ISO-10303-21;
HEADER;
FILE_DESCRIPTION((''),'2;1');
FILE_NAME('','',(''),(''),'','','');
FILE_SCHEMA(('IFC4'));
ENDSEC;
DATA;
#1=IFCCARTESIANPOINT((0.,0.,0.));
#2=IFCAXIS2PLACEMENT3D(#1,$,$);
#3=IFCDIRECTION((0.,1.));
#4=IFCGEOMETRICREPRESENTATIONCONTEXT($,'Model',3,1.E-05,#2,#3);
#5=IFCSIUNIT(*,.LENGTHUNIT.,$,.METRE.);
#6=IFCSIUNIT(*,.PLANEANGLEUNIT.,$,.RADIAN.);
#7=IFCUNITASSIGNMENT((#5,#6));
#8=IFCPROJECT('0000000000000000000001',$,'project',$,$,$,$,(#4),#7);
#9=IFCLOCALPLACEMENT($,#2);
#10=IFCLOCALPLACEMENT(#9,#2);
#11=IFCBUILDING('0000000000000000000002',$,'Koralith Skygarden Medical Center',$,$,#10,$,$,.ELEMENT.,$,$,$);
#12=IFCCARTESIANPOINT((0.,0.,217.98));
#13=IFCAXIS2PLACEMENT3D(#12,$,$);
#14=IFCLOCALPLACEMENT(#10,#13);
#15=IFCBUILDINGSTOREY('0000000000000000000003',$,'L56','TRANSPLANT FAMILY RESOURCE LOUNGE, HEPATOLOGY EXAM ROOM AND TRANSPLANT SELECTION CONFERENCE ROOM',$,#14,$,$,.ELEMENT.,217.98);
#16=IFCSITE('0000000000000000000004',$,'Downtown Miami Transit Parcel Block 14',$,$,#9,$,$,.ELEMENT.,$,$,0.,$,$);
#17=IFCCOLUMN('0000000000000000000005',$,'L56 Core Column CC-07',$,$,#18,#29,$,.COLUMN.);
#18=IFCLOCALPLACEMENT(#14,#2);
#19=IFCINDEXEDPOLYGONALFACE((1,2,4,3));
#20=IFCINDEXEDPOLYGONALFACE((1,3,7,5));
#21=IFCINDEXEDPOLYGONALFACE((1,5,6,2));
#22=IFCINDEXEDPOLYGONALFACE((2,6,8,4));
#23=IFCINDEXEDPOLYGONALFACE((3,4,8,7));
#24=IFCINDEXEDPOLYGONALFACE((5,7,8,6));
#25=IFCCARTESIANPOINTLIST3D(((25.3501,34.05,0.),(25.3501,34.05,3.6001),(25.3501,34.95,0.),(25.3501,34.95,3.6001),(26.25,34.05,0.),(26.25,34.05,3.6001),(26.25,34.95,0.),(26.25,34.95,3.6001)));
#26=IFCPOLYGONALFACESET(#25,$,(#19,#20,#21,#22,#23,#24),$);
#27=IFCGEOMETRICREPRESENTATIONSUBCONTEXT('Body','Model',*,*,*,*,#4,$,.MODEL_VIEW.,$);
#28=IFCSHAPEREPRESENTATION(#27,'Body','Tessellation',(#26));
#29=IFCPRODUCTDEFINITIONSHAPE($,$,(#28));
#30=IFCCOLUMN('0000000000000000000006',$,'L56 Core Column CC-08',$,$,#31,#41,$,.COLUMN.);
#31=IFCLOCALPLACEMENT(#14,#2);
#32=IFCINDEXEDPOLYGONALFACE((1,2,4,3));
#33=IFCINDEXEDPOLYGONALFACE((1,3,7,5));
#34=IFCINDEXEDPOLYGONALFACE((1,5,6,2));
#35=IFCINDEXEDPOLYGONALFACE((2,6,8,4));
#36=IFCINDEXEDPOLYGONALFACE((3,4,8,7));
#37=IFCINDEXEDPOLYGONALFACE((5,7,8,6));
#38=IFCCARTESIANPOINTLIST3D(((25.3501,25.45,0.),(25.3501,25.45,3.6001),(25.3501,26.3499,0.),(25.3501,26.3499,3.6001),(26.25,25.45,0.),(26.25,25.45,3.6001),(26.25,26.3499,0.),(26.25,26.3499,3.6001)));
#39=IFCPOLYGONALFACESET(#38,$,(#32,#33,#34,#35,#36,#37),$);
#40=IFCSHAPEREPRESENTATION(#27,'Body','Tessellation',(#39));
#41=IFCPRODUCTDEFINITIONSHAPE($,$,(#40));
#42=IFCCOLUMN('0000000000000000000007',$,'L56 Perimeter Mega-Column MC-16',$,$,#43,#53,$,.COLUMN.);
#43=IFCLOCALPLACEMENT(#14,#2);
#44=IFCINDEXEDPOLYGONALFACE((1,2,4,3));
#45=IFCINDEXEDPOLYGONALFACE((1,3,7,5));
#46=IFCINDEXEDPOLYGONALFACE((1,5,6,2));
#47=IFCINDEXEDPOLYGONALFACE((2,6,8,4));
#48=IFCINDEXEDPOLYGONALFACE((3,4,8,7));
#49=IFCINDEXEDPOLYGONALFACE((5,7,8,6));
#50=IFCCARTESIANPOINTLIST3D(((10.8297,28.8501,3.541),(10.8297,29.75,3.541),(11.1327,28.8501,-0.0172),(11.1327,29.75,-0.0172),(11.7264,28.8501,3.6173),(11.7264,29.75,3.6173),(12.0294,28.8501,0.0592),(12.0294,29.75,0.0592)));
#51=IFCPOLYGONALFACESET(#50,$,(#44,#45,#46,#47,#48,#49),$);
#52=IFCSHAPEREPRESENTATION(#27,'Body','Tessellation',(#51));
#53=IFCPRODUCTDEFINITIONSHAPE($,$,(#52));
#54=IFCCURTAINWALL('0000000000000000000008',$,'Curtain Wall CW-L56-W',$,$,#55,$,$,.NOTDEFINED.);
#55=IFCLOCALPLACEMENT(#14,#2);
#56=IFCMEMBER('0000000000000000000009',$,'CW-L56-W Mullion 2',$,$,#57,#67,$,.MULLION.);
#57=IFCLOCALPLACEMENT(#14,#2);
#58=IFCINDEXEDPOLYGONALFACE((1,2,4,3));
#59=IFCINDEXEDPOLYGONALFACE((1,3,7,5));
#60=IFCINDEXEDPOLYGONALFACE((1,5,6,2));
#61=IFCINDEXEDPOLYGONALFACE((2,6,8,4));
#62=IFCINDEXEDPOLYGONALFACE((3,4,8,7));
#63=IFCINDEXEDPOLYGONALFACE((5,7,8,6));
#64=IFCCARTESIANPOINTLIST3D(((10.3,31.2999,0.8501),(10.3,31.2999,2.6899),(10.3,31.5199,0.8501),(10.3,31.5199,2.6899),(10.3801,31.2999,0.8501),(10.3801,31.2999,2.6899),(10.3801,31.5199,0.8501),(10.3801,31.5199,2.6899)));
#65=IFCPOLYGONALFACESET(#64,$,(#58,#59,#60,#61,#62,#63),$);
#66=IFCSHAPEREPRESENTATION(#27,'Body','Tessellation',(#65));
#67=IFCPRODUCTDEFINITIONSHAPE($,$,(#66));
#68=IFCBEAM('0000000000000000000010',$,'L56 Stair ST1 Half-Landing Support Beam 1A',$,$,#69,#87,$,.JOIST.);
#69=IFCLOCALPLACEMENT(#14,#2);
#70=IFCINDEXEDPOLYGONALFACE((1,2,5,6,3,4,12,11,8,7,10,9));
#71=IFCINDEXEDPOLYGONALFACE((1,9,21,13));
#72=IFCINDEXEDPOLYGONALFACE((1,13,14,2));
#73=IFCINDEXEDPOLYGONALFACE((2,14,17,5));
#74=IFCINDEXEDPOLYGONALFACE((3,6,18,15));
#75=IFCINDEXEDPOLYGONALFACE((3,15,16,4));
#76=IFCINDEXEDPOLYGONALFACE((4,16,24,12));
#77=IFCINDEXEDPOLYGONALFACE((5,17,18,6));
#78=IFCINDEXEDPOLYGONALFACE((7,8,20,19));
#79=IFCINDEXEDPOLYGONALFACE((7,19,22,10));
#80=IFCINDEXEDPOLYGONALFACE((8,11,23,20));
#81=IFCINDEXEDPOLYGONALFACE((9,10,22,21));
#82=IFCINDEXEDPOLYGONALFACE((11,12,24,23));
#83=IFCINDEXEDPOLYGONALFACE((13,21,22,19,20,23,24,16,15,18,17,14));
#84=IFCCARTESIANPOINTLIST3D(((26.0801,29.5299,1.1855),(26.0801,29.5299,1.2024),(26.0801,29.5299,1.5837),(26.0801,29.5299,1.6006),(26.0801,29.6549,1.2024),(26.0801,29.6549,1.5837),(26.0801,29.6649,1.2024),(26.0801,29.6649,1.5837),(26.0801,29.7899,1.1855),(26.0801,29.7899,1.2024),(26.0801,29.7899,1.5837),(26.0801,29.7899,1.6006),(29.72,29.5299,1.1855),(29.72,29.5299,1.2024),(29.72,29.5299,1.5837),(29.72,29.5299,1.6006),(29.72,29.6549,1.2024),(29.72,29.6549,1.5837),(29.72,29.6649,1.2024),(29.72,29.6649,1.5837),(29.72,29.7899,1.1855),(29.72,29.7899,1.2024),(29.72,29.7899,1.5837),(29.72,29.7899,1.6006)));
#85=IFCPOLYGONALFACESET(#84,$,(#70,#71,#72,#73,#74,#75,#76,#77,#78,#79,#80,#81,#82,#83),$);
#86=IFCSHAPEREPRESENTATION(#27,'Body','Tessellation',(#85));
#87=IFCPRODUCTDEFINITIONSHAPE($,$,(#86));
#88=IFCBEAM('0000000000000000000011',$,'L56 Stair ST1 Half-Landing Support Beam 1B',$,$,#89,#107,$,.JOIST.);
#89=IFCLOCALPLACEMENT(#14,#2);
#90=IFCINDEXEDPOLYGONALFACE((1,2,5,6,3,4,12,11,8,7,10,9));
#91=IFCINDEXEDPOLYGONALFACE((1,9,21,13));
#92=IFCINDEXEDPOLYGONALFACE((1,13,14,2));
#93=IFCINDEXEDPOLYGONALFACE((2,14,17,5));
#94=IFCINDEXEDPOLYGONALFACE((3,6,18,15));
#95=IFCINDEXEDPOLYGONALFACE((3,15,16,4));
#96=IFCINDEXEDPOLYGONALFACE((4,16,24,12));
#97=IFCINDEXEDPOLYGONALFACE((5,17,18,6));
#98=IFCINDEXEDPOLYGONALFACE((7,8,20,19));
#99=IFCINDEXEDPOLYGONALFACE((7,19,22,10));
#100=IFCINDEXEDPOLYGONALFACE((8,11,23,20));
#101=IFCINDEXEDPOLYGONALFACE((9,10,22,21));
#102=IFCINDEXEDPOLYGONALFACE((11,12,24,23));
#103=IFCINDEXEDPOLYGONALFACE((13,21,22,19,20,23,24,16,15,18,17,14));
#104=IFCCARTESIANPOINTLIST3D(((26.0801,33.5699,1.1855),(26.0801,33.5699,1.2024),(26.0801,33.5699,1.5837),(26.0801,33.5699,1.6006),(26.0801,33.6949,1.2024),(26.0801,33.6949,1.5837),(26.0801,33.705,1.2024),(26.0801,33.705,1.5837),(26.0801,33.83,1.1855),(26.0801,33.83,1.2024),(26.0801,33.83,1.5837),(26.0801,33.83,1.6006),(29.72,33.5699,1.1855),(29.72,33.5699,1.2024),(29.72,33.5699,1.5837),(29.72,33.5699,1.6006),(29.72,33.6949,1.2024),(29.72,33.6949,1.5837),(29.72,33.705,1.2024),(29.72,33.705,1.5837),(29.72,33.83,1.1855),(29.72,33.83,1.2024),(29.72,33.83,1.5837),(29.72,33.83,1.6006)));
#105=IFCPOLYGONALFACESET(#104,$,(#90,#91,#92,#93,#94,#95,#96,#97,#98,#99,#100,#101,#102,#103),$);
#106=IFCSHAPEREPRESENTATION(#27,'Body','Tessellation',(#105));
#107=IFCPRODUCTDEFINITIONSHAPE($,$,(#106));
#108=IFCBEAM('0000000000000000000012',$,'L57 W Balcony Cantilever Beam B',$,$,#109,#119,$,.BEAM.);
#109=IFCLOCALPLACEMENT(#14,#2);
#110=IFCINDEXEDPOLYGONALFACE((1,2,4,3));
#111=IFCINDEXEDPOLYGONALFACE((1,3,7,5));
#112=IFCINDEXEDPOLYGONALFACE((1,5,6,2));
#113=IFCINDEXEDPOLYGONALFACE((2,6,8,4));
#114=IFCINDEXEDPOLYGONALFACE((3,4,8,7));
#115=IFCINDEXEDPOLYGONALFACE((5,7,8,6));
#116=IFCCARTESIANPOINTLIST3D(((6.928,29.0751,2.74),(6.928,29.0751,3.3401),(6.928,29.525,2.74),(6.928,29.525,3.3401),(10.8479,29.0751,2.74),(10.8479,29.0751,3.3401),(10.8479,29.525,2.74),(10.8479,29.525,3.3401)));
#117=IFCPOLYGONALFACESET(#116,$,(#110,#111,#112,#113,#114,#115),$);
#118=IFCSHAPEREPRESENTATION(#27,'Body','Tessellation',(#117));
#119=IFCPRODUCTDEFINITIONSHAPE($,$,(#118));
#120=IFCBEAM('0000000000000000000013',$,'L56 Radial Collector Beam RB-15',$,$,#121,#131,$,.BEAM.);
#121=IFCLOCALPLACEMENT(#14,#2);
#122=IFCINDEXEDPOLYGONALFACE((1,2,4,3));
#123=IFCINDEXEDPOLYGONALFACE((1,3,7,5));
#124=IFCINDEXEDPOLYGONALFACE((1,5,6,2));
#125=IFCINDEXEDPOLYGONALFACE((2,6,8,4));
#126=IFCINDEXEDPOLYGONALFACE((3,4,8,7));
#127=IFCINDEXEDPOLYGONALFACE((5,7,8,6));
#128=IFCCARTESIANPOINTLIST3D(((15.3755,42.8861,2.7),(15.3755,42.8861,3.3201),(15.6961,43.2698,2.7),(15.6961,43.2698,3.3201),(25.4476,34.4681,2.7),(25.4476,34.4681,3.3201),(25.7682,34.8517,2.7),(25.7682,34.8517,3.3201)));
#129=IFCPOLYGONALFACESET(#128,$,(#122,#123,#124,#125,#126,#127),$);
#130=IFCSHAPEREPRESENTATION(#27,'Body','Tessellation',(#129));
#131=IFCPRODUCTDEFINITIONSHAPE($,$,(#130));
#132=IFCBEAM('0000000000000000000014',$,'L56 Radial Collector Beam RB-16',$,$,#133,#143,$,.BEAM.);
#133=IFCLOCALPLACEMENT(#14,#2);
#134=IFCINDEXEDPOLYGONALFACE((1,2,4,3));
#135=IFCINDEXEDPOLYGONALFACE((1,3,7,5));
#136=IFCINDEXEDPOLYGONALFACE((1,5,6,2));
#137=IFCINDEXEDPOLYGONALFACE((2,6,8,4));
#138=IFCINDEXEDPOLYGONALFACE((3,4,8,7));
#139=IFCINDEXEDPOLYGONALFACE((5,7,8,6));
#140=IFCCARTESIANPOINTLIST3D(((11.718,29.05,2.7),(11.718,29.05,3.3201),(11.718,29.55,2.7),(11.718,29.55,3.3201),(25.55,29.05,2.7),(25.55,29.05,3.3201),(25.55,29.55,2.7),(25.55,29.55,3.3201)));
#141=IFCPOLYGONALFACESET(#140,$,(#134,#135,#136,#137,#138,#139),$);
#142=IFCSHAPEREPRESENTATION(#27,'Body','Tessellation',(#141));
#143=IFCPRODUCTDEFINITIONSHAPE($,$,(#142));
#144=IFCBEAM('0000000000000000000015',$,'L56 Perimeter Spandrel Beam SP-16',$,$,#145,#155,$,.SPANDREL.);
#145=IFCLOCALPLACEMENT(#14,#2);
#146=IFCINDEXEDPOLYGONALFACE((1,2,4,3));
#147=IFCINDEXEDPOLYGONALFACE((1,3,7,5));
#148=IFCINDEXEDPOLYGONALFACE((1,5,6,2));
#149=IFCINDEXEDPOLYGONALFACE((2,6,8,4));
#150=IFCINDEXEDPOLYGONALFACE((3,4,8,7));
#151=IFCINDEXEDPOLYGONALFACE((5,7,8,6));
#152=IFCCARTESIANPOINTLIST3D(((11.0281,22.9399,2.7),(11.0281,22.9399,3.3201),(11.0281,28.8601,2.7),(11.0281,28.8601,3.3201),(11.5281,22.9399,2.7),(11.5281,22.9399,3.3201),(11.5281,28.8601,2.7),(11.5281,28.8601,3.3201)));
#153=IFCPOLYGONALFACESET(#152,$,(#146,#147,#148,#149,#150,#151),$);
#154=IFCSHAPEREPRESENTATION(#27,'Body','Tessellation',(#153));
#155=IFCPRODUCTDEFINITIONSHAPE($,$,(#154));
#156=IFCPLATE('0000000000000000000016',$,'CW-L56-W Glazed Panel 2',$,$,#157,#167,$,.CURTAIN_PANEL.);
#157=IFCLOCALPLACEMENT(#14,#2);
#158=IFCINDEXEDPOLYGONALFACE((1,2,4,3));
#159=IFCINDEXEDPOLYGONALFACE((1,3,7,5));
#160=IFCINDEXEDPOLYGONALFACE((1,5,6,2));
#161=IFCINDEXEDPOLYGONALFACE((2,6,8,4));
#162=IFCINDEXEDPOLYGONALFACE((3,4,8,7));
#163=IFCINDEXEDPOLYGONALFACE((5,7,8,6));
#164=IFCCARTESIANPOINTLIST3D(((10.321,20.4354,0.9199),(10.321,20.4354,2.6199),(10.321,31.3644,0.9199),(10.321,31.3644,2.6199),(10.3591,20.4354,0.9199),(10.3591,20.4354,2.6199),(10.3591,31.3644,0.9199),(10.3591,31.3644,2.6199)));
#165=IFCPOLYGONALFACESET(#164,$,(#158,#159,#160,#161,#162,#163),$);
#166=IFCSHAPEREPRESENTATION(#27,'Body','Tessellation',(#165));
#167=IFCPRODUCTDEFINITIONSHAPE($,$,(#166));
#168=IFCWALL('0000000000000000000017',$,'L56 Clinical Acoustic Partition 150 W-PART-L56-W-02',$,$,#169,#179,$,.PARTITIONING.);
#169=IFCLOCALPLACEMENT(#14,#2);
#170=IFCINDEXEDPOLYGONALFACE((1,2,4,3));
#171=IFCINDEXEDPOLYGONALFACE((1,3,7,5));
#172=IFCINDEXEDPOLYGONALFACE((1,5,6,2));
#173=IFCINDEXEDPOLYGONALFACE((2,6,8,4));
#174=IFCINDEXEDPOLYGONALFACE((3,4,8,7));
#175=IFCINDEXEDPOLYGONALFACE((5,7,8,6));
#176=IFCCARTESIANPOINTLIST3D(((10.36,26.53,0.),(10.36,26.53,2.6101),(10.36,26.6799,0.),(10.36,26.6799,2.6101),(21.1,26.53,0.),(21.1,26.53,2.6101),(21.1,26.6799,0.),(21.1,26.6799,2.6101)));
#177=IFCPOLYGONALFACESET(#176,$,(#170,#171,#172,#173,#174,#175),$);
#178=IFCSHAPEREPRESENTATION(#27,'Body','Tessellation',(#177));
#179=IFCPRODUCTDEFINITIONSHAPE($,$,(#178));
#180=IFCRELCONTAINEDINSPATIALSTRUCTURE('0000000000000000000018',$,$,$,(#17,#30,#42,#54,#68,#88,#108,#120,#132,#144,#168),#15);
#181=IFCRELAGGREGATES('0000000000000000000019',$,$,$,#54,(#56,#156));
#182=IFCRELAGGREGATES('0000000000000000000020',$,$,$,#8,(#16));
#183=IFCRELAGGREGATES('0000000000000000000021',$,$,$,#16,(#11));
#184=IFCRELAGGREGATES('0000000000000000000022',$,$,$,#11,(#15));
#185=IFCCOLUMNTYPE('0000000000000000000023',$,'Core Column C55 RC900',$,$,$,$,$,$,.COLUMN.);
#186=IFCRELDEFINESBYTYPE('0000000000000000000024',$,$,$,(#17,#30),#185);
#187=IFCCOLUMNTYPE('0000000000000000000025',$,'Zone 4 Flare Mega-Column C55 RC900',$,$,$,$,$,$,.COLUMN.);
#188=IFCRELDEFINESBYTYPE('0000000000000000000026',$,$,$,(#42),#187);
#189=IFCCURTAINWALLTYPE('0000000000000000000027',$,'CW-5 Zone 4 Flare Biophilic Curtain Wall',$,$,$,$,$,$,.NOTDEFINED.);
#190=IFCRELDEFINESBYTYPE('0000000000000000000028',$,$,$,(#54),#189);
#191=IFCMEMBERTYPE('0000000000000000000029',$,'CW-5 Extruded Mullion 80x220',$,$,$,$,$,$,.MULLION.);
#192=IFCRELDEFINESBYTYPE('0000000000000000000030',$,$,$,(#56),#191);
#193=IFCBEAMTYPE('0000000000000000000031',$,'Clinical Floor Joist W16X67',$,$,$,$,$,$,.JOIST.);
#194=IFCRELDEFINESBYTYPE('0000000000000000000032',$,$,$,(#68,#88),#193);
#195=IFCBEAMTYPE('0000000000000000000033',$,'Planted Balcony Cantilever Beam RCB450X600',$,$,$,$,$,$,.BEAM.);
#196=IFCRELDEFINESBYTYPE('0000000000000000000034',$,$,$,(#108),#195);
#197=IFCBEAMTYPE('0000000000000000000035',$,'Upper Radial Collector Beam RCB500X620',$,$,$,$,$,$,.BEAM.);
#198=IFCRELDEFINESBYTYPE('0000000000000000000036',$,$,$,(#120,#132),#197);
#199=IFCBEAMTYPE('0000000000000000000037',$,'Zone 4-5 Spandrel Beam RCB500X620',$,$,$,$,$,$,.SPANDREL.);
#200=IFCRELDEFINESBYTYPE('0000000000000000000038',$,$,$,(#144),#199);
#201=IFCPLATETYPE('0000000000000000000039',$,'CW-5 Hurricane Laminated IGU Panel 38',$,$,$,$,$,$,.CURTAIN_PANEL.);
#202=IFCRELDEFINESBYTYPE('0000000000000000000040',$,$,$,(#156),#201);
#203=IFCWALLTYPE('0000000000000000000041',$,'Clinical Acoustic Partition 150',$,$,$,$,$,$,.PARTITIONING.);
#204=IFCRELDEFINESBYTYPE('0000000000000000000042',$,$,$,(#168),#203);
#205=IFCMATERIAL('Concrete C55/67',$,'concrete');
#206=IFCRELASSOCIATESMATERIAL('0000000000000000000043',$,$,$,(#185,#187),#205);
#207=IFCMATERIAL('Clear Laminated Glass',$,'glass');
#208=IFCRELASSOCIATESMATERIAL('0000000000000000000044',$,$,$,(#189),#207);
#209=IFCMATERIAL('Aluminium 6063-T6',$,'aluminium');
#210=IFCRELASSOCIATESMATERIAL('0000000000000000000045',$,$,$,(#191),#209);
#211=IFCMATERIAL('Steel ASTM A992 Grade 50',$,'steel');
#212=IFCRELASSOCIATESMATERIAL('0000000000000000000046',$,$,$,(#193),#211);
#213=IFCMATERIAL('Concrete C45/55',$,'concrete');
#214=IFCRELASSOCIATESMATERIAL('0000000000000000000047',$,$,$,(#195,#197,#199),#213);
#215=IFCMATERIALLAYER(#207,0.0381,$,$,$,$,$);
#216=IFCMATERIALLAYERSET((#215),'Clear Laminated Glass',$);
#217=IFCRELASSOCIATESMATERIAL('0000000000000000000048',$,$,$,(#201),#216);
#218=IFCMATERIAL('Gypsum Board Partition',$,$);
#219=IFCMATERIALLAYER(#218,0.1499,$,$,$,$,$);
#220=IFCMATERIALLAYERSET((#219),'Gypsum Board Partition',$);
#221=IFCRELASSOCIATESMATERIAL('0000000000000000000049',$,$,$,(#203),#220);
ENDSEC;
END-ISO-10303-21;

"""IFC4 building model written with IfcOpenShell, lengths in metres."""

from ifc_helpers import new_model, si_unit, direction, frame, frame_2d, origin, origin_2d, place, context, subcontext, project, spatial, rectangle, i_section, extrude, material, layer, layer_set, material_profile, profile_set, type_object, element, aggregate, save


model = new_model("IFC4")

# Units and contexts
model_context = context("Model", 3, precision=1e-05, world=origin(), true_north=direction((0.0, 1.0)))
body_context = subcontext(model_context, "Body", "Model", "MODEL_VIEW")
ifc_project = project(units=[si_unit("LENGTHUNIT", "METRE"), si_unit("PLANEANGLEUNIT", "RADIAN")], contexts=[model_context])

# Site, building, storey
site_placement = place(None, origin())
site = spatial("IfcSite", under=ifc_project, at=site_placement, Name="Downtown Miami Transit Parcel Block 14", CompositionType="ELEMENT", RefElevation=0.0)
building_placement = place(site_placement, origin())
building = spatial("IfcBuilding", under=site, at=building_placement, Name="Koralith Skygarden Medical Center", CompositionType="ELEMENT")
storey_placement = place(building_placement, frame((0.0, 0.0, 217.98)))
storey = spatial("IfcBuildingStorey", under=building, at=storey_placement, Name="L56", Description="TRANSPLANT FAMILY RESOURCE LOUNGE, HEPATOLOGY EXAM ROOM AND TRANSPLANT SELECTION CONFERENCE ROOM", CompositionType="ELEMENT", Elevation=217.98)

# Columns
ifc_material_1 = material(Name="Concrete C55/67", Category="concrete")
ifc_material_profile_1 = material_profile(ifc_material_1, rectangle(XDim=0.8999, YDim=0.8999, at=origin_2d()), Name="RC900X900")
ifc_profile_set_1 = profile_set([ifc_material_profile_1], Name="Concrete C55/67")
column_type_1 = type_object("IfcColumnType", Name="Core Column C55 RC900", PredefinedType="COLUMN", material=ifc_profile_set_1)
for number, where, z_axis, x_axis, name in (
    (1, (25.8, 34.5, 0.0), (0.0, 0.0, 1.0), (1.0, 0.0, 0.0), "L56 Core Column CC-07"),
    (2, (25.8, 25.8999, 0.0), (0.0, 0.0, 1.0), (1.0, 0.0, 0.0), "L56 Core Column CC-08"),
):
    element("IfcColumn", number, at=place(storey_placement, frame(where, z_axis=z_axis, x_axis=x_axis)), inside=storey, type_object=column_type_1, Name=name, PredefinedType="COLUMN", context=body_context, shape_type="SweptSolid", body=[
        extrude(rectangle(XDim=0.8999, YDim=0.8999, at=origin_2d()), origin(), (0.0, 0.0, 1.0), 3.6001),
    ])
ifc_material_profile_2 = material_profile(ifc_material_1, rectangle(XDim=0.8999, YDim=0.8999, at=origin_2d()), Name="RC900X900")
ifc_profile_set_2 = profile_set([ifc_material_profile_2], Name="Concrete C55/67")
column_type_2 = type_object("IfcColumnType", Name="Zone 4 Flare Mega-Column C55 RC900", PredefinedType="COLUMN", material=ifc_profile_set_2)
column_placement = place(storey_placement, frame((11.5811, 29.3, 0.021), z_axis=(-0.084845, 0.0, 0.996394), x_axis=(0.0, -1.0, 0.0)))
element("IfcColumn", 3, at=column_placement, inside=storey, type_object=column_type_2, Name="L56 Perimeter Mega-Column MC-16", PredefinedType="COLUMN", context=body_context, shape_type="SweptSolid", body=[
    extrude(rectangle(XDim=0.8999, YDim=0.8999, at=origin_2d()), origin(), (0.0, 0.0, 1.0), 3.571),
])

# Curtain wall, member
ifc_material_2 = material(Name="Clear Laminated Glass", Category="glass")
curtain_wall_type = type_object("IfcCurtainWallType", Name="CW-5 Zone 4 Flare Biophilic Curtain Wall", PredefinedType="NOTDEFINED", material=ifc_material_2)
curtain_wall_placement = place(storey_placement, origin())
curtain_wall = element("IfcCurtainWall", 4, at=curtain_wall_placement, inside=storey, type_object=curtain_wall_type, Name="Curtain Wall CW-L56-W", PredefinedType="NOTDEFINED")
ifc_material_3 = material(Name="Aluminium 6063-T6", Category="aluminium")
ifc_material_profile_3 = material_profile(ifc_material_3, rectangle(XDim=0.0801, YDim=0.22, at=origin_2d()), Name="MUL80X220")
ifc_profile_set_3 = profile_set([ifc_material_profile_3], Name="Aluminium 6063-T6")
member_type = type_object("IfcMemberType", Name="CW-5 Extruded Mullion 80x220", PredefinedType="MULLION", material=ifc_profile_set_3)
member_placement = place(storey_placement, frame((10.3401, 31.4099, 0.8501), z_axis=(0.0, 0.0, 1.0), x_axis=(1.0, 0.0, 0.0)))
member = element("IfcMember", 5, at=member_placement, type_object=member_type, Name="CW-L56-W Mullion 2", PredefinedType="MULLION", context=body_context, shape_type="SweptSolid", body=[
    extrude(rectangle(XDim=0.0801, YDim=0.22, at=origin_2d()), origin(), (0.0, 0.0, 1.0), 1.8398),
])

# Beams
ifc_material_4 = material(Name="Steel ASTM A992 Grade 50", Category="steel")
ifc_material_profile_4 = material_profile(ifc_material_4, i_section(OverallWidth=0.26, OverallDepth=0.415, WebThickness=0.01, FlangeThickness=0.0168, at=origin_2d()), Name="W16X67")
ifc_profile_set_4 = profile_set([ifc_material_profile_4], Name="Steel ASTM A992 Grade 50")
beam_type_1 = type_object("IfcBeamType", Name="Clinical Floor Joist W16X67", PredefinedType="JOIST", material=ifc_profile_set_4)
for number, where, z_axis, x_axis, name in (
    (6, (26.0801, 29.6599, 1.3931), (1.0, 0.0, 0.0), (0.0, 1.0, 0.0), "L56 Stair ST1 Half-Landing Support Beam 1A"),
    (7, (26.0801, 33.7, 1.3931), (1.0, 0.0, 0.0), (0.0, 1.0, 0.0), "L56 Stair ST1 Half-Landing Support Beam 1B"),
):
    element("IfcBeam", number, at=place(storey_placement, frame(where, z_axis=z_axis, x_axis=x_axis)), inside=storey, type_object=beam_type_1, Name=name, PredefinedType="JOIST", context=body_context, shape_type="SweptSolid", body=[
        extrude(i_section(OverallWidth=0.26, OverallDepth=0.415, WebThickness=0.01, FlangeThickness=0.0168, at=origin_2d()), origin(), (0.0, 0.0, 1.0), 3.6399),
    ])
ifc_material_5 = material(Name="Concrete C45/55", Category="concrete")
ifc_material_profile_5 = material_profile(ifc_material_5, rectangle(XDim=0.45, YDim=0.6001, at=origin_2d()), Name="RCB450X600")
ifc_profile_set_5 = profile_set([ifc_material_profile_5], Name="Concrete C45/55")
beam_type_2 = type_object("IfcBeamType", Name="Planted Balcony Cantilever Beam RCB450X600", PredefinedType="BEAM", material=ifc_profile_set_5)
beam_1_placement = place(storey_placement, frame((10.8479, 29.3, 3.04), z_axis=(-1.0, 0.0, 0.0), x_axis=(0.0, -1.0, 0.0)))
element("IfcBeam", 8, at=beam_1_placement, inside=storey, type_object=beam_type_2, Name="L57 W Balcony Cantilever Beam B", PredefinedType="BEAM", context=body_context, shape_type="SweptSolid", body=[
    extrude(rectangle(XDim=0.45, YDim=0.6001, at=origin_2d()), origin(), (0.0, 0.0, 1.0), 3.9199),
])
ifc_material_profile_6 = material_profile(ifc_material_5, rectangle(XDim=0.5, YDim=0.6201, at=origin_2d()), Name="RCB500X620")
ifc_profile_set_6 = profile_set([ifc_material_profile_6], Name="Concrete C45/55")
beam_type_3 = type_object("IfcBeamType", Name="Upper Radial Collector Beam RCB500X620", PredefinedType="BEAM", material=ifc_profile_set_6)
beam_2_placement = place(storey_placement, frame((25.6079, 34.6599, 3.01), z_axis=(-0.767298, 0.641291, 0.0), x_axis=(-0.641291, -0.767298, 0.0)))
element("IfcBeam", 9, at=beam_2_placement, inside=storey, type_object=beam_type_3, Name="L56 Radial Collector Beam RB-15", PredefinedType="BEAM", context=body_context, shape_type="SweptSolid", body=[
    extrude(rectangle(XDim=0.5, YDim=0.6201, at=origin_2d()), origin(), (0.0, 0.0, 1.0), 13.1267),
])
beam_3_placement = place(storey_placement, frame((25.55, 29.3, 3.01), z_axis=(-1.0, 0.0, 0.0), x_axis=(0.0, -1.0, 0.0)))
element("IfcBeam", 10, at=beam_3_placement, inside=storey, type_object=beam_type_3, Name="L56 Radial Collector Beam RB-16", PredefinedType="BEAM", context=body_context, shape_type="SweptSolid", body=[
    extrude(rectangle(XDim=0.5, YDim=0.6201, at=origin_2d()), origin(), (0.0, 0.0, 1.0), 13.832),
])
ifc_material_profile_7 = material_profile(ifc_material_5, rectangle(XDim=0.5, YDim=0.6201, at=origin_2d()), Name="RCB500X620")
ifc_profile_set_7 = profile_set([ifc_material_profile_7], Name="Concrete C45/55")
beam_type_4 = type_object("IfcBeamType", Name="Zone 4-5 Spandrel Beam RCB500X620", PredefinedType="SPANDREL", material=ifc_profile_set_7)
beam_4_placement = place(storey_placement, frame((11.2781, 28.8601, 3.01), z_axis=(0.0, -1.0, 0.0), x_axis=(1.0, 0.0, 0.0)))
element("IfcBeam", 11, at=beam_4_placement, inside=storey, type_object=beam_type_4, Name="L56 Perimeter Spandrel Beam SP-16", PredefinedType="SPANDREL", context=body_context, shape_type="SweptSolid", body=[
    extrude(rectangle(XDim=0.5, YDim=0.6201, at=origin_2d()), origin(), (0.0, 0.0, 1.0), 5.9202),
])

# Plate
ifc_layer_1 = layer(ifc_material_2, 0.0381)
ifc_layer_set_1 = layer_set([ifc_layer_1], Name="Clear Laminated Glass")
plate_type = type_object("IfcPlateType", Name="CW-5 Hurricane Laminated IGU Panel 38", PredefinedType="CURTAIN_PANEL", material=ifc_layer_set_1)
plate_placement = place(storey_placement, frame((10.3401, 25.8999, 0.9199), z_axis=(0.0, 0.0, 1.0), x_axis=(0.0, -1.0, 0.0)))
plate = element("IfcPlate", 12, at=plate_placement, type_object=plate_type, Name="CW-L56-W Glazed Panel 2", PredefinedType="CURTAIN_PANEL", context=body_context, shape_type="SweptSolid", body=[
    extrude(rectangle(XDim=10.929, YDim=0.0381, at=origin_2d()), origin(), (0.0, 0.0, 1.0), 1.7),
])
aggregate(curtain_wall, [member, plate])

# Wall
ifc_material_6 = material(Name="Gypsum Board Partition")
ifc_layer_2 = layer(ifc_material_6, 0.1499)
ifc_layer_set_2 = layer_set([ifc_layer_2], Name="Gypsum Board Partition")
wall_type_1 = type_object("IfcWallType", Name="Clinical Acoustic Partition 150", PredefinedType="PARTITIONING", material=ifc_layer_set_2)
wall_1_placement = place(storey_placement, frame((21.1001, 26.605, 0.0), z_axis=(0.0, 0.0, 1.0), x_axis=(-1.0, 0.0, 0.0)))
element("IfcWall", 13, at=wall_1_placement, inside=storey, type_object=wall_type_1, Name="L56 Clinical Acoustic Partition 150 W-PART-L56-W-02", PredefinedType="PARTITIONING", context=body_context, shape_type="SweptSolid", body=[
    extrude(rectangle(XDim=10.74, YDim=0.1499, at=frame_2d((5.3701, 0.0))), origin(), (0.0, 0.0, 1.0), 2.6101),
])

save(model, "model.ifc")
